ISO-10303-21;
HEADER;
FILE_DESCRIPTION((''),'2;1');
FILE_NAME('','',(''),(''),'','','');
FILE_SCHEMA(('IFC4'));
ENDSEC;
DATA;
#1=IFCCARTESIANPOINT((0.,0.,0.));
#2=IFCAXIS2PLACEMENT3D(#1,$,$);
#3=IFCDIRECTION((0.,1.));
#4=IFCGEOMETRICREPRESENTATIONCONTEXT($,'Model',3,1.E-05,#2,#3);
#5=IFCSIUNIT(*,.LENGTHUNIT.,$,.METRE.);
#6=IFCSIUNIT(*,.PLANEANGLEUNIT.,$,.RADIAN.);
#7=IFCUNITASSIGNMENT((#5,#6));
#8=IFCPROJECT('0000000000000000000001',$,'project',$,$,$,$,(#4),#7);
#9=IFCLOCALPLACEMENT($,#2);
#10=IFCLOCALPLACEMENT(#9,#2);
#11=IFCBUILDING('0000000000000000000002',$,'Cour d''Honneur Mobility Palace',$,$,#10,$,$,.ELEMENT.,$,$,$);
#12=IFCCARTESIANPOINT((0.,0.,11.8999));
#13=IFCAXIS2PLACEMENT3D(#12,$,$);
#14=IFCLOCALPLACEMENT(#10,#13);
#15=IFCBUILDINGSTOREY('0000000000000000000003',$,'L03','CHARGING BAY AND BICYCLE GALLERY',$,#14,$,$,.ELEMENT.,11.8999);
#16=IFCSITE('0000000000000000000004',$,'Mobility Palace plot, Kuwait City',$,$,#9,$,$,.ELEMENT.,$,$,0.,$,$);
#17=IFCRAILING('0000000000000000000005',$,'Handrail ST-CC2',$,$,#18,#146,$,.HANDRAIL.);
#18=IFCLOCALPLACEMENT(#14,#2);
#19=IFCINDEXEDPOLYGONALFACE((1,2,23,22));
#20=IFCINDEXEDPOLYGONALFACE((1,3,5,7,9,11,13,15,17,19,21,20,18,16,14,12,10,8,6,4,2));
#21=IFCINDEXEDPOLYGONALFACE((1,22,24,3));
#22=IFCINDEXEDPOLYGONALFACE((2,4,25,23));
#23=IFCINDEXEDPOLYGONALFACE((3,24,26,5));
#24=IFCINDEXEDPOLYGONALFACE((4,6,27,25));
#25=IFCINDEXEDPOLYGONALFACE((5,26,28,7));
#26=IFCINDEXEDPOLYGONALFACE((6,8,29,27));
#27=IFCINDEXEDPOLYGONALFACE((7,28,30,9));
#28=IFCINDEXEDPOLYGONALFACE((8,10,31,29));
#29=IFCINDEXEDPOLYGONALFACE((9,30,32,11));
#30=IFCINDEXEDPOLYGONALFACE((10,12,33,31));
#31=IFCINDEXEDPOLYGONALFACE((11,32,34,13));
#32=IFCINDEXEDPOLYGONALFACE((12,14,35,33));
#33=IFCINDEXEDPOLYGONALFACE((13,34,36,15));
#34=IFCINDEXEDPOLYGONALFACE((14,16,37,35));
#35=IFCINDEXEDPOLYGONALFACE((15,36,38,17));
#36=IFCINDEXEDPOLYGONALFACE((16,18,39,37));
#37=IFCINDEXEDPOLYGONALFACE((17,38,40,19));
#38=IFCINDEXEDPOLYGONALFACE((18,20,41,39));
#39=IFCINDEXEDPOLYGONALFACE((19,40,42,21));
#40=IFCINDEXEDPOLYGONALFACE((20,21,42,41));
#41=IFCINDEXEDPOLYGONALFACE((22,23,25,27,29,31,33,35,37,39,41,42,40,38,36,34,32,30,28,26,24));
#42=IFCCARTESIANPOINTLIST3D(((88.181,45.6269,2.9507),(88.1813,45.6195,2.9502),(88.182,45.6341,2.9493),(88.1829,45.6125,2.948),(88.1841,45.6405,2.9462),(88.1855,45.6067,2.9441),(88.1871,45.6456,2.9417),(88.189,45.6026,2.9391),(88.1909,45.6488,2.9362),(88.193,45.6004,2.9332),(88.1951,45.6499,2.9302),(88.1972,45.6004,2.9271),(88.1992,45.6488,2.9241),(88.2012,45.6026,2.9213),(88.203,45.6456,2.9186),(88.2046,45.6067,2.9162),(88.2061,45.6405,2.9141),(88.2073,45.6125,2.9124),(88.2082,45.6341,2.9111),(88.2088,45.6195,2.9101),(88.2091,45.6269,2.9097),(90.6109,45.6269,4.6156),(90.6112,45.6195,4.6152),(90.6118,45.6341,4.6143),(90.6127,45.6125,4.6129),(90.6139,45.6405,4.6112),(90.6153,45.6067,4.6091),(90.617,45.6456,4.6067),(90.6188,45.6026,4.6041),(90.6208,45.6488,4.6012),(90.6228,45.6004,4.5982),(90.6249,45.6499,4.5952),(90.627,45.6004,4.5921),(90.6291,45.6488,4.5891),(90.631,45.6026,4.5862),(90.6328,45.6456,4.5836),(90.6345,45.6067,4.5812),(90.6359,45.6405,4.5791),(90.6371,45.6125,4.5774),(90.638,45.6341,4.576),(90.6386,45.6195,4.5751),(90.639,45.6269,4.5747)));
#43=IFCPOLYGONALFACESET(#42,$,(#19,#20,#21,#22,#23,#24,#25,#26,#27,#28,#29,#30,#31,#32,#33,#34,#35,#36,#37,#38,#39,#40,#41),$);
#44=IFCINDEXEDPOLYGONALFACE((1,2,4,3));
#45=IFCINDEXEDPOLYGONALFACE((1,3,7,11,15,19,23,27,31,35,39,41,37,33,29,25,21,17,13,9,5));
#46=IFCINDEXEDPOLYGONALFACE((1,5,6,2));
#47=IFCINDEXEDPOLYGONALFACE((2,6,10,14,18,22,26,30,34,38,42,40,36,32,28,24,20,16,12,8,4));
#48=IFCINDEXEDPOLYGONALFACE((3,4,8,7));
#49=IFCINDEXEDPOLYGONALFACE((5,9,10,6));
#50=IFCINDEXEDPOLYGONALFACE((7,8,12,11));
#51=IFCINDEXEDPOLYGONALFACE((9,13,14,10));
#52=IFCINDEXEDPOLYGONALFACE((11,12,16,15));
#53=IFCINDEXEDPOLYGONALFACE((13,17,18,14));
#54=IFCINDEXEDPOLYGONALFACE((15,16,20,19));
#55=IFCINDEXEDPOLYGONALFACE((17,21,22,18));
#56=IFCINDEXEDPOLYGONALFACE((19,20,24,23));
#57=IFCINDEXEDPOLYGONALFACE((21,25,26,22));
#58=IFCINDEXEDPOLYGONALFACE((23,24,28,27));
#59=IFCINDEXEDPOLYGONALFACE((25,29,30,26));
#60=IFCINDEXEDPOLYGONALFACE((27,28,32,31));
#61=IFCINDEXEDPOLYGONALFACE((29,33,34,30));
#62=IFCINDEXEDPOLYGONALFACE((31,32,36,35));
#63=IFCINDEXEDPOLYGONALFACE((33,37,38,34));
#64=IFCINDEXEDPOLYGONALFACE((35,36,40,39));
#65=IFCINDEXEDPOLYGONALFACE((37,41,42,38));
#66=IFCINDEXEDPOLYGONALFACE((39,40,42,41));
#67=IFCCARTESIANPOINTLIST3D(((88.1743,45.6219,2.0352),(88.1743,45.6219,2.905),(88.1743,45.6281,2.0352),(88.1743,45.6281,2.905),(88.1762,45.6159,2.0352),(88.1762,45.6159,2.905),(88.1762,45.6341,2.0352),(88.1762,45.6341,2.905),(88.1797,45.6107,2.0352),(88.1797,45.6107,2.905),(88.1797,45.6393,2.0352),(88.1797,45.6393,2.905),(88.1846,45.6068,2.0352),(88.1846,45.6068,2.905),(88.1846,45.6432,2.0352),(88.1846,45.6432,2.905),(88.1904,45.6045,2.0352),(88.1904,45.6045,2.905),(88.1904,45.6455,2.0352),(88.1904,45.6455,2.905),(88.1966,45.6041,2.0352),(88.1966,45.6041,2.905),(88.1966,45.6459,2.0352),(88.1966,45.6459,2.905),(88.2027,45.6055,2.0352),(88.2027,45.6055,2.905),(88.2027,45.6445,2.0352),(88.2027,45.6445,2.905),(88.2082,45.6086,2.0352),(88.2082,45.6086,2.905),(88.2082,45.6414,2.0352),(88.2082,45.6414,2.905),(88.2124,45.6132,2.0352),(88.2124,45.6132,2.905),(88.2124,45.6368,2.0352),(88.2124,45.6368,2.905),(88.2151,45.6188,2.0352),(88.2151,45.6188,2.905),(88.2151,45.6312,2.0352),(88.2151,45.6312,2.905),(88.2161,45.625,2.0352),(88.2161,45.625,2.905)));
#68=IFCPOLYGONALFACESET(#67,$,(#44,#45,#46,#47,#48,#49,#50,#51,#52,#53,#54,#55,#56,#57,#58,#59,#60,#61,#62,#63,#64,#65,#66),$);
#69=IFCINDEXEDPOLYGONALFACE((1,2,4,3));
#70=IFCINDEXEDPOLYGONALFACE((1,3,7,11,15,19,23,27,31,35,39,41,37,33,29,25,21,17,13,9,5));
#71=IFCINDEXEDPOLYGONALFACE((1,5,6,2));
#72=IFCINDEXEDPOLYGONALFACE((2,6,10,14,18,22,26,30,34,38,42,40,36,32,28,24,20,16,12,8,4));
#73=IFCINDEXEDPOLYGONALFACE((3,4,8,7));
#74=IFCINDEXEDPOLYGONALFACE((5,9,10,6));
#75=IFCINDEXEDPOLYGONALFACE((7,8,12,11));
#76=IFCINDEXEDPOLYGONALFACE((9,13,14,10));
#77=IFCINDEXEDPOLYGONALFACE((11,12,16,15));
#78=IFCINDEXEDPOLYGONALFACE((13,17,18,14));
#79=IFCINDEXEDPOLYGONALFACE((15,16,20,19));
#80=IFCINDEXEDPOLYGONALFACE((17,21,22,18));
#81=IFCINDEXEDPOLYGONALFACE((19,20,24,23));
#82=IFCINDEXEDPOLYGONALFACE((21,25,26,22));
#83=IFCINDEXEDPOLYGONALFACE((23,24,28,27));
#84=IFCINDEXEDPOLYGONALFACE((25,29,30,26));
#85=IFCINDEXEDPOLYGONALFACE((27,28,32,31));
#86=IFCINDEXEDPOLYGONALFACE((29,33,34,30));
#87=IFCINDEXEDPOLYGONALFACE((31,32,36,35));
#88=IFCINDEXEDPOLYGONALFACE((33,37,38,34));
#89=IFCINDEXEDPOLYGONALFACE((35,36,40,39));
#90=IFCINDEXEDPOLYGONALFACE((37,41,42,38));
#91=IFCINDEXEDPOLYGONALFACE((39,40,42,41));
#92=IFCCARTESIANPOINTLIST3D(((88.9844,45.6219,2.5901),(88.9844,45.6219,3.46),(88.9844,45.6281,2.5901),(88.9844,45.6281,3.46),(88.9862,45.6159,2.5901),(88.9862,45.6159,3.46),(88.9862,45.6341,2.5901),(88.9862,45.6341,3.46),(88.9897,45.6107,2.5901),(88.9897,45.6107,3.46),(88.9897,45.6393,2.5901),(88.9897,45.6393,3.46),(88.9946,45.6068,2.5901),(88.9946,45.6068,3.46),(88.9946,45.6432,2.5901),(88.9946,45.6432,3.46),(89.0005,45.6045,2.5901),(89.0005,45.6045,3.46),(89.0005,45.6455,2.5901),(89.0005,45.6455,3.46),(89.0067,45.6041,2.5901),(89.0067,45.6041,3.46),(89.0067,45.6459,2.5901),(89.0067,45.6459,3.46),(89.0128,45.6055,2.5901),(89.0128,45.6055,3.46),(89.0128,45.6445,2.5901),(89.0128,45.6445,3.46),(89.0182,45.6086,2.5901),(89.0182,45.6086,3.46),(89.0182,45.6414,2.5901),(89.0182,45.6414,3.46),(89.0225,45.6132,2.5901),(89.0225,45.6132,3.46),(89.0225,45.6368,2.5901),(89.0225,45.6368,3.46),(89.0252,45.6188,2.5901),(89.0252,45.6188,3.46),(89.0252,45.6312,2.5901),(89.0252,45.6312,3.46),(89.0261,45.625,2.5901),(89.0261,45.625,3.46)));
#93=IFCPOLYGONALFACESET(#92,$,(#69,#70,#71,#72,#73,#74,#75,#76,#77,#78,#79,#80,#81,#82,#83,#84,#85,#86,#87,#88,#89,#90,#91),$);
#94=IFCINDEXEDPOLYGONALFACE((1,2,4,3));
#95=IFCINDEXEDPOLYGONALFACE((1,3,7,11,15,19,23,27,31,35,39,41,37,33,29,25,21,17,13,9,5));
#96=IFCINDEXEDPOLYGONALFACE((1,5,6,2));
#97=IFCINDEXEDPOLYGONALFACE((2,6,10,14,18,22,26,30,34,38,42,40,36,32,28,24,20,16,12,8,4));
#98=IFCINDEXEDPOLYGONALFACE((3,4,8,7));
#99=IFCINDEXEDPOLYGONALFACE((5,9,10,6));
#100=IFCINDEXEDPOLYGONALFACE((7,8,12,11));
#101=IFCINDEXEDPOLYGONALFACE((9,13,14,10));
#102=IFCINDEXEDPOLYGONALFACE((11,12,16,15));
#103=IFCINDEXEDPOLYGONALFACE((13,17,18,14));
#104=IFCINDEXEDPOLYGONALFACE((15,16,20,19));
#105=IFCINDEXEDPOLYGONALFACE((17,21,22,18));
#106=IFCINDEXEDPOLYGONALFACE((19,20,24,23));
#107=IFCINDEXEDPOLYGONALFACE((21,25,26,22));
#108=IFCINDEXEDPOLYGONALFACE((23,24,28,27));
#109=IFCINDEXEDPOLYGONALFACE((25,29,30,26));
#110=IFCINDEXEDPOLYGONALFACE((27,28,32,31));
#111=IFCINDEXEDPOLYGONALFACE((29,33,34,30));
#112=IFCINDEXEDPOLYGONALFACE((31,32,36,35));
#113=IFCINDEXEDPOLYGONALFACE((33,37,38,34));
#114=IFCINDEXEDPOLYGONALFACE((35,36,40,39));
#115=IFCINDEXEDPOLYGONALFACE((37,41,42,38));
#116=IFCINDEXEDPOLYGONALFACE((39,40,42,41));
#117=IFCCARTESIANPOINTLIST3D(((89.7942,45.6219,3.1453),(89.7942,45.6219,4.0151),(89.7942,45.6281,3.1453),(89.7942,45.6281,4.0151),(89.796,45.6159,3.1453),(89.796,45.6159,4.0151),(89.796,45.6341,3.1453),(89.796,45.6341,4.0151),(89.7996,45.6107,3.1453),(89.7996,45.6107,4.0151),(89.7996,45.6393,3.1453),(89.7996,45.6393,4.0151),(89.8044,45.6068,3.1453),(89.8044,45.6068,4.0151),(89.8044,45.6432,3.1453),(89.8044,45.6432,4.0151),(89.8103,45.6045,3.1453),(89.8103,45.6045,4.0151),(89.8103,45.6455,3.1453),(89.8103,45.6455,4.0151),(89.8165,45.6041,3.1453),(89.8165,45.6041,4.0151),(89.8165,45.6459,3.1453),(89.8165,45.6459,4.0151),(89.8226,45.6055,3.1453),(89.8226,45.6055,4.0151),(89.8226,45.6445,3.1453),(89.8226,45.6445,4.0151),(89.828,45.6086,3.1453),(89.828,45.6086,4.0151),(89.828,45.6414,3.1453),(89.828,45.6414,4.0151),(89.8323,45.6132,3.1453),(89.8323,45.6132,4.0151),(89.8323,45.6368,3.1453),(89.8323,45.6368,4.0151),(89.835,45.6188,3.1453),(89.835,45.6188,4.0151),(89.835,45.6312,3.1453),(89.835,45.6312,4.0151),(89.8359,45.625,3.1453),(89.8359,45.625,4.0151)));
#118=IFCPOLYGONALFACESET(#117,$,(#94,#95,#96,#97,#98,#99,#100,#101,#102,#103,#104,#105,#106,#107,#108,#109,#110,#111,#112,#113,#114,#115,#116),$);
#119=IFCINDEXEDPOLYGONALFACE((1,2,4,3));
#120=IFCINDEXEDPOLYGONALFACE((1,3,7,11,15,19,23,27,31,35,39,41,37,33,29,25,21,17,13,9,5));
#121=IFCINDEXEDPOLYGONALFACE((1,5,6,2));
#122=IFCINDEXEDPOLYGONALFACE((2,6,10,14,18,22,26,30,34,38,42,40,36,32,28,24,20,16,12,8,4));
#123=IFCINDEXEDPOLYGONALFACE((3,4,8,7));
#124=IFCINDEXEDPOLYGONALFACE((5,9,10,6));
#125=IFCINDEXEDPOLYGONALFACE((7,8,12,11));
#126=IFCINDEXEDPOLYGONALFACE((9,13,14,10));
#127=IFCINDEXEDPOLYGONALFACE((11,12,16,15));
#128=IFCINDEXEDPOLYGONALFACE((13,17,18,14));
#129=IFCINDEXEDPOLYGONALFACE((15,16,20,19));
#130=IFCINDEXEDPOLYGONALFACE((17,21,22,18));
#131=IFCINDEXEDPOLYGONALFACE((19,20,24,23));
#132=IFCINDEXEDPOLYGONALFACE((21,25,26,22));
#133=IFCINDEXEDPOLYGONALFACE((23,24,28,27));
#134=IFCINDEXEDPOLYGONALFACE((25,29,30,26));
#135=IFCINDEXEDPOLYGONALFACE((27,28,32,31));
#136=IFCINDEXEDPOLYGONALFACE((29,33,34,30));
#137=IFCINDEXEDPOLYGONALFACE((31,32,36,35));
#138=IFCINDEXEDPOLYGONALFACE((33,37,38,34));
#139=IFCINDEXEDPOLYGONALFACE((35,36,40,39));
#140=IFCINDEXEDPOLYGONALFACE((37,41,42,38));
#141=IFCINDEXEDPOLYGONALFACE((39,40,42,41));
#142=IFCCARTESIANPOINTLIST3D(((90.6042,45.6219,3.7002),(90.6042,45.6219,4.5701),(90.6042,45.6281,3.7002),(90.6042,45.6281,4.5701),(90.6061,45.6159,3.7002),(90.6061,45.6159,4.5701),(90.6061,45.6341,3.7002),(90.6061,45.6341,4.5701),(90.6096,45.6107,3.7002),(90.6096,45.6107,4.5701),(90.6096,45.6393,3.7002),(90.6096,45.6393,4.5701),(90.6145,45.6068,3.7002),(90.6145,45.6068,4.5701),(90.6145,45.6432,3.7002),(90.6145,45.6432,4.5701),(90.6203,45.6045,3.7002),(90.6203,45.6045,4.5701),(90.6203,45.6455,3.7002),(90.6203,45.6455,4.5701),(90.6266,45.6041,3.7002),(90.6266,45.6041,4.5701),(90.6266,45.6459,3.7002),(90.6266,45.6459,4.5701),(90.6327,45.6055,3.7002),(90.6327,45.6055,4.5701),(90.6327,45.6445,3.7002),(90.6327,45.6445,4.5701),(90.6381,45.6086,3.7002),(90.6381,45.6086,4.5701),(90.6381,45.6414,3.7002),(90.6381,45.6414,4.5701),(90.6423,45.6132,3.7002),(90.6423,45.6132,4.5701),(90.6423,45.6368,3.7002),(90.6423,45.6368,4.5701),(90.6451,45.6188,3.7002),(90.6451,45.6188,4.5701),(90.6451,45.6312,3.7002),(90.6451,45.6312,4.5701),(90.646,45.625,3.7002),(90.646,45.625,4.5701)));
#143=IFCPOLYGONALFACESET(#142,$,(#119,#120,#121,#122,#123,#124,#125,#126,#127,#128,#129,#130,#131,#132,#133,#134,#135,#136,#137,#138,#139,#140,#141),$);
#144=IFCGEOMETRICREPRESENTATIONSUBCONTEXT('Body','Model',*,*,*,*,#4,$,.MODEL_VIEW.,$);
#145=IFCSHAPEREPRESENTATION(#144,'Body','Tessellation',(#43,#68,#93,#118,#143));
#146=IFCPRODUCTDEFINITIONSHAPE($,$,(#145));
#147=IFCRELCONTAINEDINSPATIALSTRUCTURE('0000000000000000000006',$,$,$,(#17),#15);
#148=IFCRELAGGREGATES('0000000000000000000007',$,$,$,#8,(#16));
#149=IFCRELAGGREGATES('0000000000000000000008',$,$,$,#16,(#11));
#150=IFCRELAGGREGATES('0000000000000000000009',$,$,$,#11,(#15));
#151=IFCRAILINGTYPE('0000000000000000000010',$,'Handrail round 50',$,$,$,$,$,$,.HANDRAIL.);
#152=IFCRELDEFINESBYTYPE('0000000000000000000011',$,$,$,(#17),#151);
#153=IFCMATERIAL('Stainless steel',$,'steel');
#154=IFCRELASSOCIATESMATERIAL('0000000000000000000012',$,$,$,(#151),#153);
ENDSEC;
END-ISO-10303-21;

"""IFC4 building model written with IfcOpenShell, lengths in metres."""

from ifc_helpers import new_model, si_unit, direction, frame, origin, origin_2d, place, context, subcontext, project, spatial, circle, extrude, material, type_object, element, save


model = new_model("IFC4")

# Units and contexts
model_context = context("Model", 3, precision=1e-05, world=origin(), true_north=direction((0.0, 1.0)))
body_context = subcontext(model_context, "Body", "Model", "MODEL_VIEW")
ifc_project = project(units=[si_unit("LENGTHUNIT", "METRE"), si_unit("PLANEANGLEUNIT", "RADIAN")], contexts=[model_context])

# Site, building, storey
site_placement = place(None, origin())
site = spatial("IfcSite", under=ifc_project, at=site_placement, Name="Mobility Palace plot, Kuwait City", CompositionType="ELEMENT", RefElevation=0.0)
building_placement = place(site_placement, origin())
building = spatial("IfcBuilding", under=site, at=building_placement, Name="Cour d'Honneur Mobility Palace", CompositionType="ELEMENT")
storey_placement = place(building_placement, frame((0.0, 0.0, 11.8999)))
storey = spatial("IfcBuildingStorey", under=building, at=storey_placement, Name="L03", Description="CHARGING BAY AND BICYCLE GALLERY", CompositionType="ELEMENT", Elevation=11.8999)

# Railing
ifc_material_1 = material(Name="Stainless steel", Category="steel")
railing_type_1 = type_object("IfcRailingType", Name="Handrail round 50", PredefinedType="HANDRAIL", material=ifc_material_1)
for number, where, name in (
    (1, (88.1951, 45.625, 2.0352), "Handrail ST-CC2"),
):
    element("IfcRailing", number, at=place(storey_placement, frame(where)), inside=storey, type_object=railing_type_1, Name=name, PredefinedType="HANDRAIL", context=body_context, shape_type="SweptSolid", body=[
        extrude(circle(Radius=0.0249, at=origin_2d()), frame((0.0, 0.0, 0.895), z_axis=(0.824919, 0.0, 0.565251), x_axis=(0.0, 1.0, 0.0)), (0.0, 0.0, 1.0), 2.9456),
        extrude(circle(Radius=0.021, at=origin_2d()), origin(), (0.0, 0.0, 1.0), 0.8699),
        extrude(circle(Radius=0.021, at=origin_2d()), frame((0.8101, 0.0, 0.5549)), (0.0, 0.0, 1.0), 0.8699),
        extrude(circle(Radius=0.021, at=origin_2d()), frame((1.6199, 0.0, 1.1101)), (0.0, 0.0, 1.0), 0.8699),
        extrude(circle(Radius=0.021, at=origin_2d()), frame((2.4299, 0.0, 1.665)), (0.0, 0.0, 1.0), 0.8699),
    ])

save(model, "model.ifc")
